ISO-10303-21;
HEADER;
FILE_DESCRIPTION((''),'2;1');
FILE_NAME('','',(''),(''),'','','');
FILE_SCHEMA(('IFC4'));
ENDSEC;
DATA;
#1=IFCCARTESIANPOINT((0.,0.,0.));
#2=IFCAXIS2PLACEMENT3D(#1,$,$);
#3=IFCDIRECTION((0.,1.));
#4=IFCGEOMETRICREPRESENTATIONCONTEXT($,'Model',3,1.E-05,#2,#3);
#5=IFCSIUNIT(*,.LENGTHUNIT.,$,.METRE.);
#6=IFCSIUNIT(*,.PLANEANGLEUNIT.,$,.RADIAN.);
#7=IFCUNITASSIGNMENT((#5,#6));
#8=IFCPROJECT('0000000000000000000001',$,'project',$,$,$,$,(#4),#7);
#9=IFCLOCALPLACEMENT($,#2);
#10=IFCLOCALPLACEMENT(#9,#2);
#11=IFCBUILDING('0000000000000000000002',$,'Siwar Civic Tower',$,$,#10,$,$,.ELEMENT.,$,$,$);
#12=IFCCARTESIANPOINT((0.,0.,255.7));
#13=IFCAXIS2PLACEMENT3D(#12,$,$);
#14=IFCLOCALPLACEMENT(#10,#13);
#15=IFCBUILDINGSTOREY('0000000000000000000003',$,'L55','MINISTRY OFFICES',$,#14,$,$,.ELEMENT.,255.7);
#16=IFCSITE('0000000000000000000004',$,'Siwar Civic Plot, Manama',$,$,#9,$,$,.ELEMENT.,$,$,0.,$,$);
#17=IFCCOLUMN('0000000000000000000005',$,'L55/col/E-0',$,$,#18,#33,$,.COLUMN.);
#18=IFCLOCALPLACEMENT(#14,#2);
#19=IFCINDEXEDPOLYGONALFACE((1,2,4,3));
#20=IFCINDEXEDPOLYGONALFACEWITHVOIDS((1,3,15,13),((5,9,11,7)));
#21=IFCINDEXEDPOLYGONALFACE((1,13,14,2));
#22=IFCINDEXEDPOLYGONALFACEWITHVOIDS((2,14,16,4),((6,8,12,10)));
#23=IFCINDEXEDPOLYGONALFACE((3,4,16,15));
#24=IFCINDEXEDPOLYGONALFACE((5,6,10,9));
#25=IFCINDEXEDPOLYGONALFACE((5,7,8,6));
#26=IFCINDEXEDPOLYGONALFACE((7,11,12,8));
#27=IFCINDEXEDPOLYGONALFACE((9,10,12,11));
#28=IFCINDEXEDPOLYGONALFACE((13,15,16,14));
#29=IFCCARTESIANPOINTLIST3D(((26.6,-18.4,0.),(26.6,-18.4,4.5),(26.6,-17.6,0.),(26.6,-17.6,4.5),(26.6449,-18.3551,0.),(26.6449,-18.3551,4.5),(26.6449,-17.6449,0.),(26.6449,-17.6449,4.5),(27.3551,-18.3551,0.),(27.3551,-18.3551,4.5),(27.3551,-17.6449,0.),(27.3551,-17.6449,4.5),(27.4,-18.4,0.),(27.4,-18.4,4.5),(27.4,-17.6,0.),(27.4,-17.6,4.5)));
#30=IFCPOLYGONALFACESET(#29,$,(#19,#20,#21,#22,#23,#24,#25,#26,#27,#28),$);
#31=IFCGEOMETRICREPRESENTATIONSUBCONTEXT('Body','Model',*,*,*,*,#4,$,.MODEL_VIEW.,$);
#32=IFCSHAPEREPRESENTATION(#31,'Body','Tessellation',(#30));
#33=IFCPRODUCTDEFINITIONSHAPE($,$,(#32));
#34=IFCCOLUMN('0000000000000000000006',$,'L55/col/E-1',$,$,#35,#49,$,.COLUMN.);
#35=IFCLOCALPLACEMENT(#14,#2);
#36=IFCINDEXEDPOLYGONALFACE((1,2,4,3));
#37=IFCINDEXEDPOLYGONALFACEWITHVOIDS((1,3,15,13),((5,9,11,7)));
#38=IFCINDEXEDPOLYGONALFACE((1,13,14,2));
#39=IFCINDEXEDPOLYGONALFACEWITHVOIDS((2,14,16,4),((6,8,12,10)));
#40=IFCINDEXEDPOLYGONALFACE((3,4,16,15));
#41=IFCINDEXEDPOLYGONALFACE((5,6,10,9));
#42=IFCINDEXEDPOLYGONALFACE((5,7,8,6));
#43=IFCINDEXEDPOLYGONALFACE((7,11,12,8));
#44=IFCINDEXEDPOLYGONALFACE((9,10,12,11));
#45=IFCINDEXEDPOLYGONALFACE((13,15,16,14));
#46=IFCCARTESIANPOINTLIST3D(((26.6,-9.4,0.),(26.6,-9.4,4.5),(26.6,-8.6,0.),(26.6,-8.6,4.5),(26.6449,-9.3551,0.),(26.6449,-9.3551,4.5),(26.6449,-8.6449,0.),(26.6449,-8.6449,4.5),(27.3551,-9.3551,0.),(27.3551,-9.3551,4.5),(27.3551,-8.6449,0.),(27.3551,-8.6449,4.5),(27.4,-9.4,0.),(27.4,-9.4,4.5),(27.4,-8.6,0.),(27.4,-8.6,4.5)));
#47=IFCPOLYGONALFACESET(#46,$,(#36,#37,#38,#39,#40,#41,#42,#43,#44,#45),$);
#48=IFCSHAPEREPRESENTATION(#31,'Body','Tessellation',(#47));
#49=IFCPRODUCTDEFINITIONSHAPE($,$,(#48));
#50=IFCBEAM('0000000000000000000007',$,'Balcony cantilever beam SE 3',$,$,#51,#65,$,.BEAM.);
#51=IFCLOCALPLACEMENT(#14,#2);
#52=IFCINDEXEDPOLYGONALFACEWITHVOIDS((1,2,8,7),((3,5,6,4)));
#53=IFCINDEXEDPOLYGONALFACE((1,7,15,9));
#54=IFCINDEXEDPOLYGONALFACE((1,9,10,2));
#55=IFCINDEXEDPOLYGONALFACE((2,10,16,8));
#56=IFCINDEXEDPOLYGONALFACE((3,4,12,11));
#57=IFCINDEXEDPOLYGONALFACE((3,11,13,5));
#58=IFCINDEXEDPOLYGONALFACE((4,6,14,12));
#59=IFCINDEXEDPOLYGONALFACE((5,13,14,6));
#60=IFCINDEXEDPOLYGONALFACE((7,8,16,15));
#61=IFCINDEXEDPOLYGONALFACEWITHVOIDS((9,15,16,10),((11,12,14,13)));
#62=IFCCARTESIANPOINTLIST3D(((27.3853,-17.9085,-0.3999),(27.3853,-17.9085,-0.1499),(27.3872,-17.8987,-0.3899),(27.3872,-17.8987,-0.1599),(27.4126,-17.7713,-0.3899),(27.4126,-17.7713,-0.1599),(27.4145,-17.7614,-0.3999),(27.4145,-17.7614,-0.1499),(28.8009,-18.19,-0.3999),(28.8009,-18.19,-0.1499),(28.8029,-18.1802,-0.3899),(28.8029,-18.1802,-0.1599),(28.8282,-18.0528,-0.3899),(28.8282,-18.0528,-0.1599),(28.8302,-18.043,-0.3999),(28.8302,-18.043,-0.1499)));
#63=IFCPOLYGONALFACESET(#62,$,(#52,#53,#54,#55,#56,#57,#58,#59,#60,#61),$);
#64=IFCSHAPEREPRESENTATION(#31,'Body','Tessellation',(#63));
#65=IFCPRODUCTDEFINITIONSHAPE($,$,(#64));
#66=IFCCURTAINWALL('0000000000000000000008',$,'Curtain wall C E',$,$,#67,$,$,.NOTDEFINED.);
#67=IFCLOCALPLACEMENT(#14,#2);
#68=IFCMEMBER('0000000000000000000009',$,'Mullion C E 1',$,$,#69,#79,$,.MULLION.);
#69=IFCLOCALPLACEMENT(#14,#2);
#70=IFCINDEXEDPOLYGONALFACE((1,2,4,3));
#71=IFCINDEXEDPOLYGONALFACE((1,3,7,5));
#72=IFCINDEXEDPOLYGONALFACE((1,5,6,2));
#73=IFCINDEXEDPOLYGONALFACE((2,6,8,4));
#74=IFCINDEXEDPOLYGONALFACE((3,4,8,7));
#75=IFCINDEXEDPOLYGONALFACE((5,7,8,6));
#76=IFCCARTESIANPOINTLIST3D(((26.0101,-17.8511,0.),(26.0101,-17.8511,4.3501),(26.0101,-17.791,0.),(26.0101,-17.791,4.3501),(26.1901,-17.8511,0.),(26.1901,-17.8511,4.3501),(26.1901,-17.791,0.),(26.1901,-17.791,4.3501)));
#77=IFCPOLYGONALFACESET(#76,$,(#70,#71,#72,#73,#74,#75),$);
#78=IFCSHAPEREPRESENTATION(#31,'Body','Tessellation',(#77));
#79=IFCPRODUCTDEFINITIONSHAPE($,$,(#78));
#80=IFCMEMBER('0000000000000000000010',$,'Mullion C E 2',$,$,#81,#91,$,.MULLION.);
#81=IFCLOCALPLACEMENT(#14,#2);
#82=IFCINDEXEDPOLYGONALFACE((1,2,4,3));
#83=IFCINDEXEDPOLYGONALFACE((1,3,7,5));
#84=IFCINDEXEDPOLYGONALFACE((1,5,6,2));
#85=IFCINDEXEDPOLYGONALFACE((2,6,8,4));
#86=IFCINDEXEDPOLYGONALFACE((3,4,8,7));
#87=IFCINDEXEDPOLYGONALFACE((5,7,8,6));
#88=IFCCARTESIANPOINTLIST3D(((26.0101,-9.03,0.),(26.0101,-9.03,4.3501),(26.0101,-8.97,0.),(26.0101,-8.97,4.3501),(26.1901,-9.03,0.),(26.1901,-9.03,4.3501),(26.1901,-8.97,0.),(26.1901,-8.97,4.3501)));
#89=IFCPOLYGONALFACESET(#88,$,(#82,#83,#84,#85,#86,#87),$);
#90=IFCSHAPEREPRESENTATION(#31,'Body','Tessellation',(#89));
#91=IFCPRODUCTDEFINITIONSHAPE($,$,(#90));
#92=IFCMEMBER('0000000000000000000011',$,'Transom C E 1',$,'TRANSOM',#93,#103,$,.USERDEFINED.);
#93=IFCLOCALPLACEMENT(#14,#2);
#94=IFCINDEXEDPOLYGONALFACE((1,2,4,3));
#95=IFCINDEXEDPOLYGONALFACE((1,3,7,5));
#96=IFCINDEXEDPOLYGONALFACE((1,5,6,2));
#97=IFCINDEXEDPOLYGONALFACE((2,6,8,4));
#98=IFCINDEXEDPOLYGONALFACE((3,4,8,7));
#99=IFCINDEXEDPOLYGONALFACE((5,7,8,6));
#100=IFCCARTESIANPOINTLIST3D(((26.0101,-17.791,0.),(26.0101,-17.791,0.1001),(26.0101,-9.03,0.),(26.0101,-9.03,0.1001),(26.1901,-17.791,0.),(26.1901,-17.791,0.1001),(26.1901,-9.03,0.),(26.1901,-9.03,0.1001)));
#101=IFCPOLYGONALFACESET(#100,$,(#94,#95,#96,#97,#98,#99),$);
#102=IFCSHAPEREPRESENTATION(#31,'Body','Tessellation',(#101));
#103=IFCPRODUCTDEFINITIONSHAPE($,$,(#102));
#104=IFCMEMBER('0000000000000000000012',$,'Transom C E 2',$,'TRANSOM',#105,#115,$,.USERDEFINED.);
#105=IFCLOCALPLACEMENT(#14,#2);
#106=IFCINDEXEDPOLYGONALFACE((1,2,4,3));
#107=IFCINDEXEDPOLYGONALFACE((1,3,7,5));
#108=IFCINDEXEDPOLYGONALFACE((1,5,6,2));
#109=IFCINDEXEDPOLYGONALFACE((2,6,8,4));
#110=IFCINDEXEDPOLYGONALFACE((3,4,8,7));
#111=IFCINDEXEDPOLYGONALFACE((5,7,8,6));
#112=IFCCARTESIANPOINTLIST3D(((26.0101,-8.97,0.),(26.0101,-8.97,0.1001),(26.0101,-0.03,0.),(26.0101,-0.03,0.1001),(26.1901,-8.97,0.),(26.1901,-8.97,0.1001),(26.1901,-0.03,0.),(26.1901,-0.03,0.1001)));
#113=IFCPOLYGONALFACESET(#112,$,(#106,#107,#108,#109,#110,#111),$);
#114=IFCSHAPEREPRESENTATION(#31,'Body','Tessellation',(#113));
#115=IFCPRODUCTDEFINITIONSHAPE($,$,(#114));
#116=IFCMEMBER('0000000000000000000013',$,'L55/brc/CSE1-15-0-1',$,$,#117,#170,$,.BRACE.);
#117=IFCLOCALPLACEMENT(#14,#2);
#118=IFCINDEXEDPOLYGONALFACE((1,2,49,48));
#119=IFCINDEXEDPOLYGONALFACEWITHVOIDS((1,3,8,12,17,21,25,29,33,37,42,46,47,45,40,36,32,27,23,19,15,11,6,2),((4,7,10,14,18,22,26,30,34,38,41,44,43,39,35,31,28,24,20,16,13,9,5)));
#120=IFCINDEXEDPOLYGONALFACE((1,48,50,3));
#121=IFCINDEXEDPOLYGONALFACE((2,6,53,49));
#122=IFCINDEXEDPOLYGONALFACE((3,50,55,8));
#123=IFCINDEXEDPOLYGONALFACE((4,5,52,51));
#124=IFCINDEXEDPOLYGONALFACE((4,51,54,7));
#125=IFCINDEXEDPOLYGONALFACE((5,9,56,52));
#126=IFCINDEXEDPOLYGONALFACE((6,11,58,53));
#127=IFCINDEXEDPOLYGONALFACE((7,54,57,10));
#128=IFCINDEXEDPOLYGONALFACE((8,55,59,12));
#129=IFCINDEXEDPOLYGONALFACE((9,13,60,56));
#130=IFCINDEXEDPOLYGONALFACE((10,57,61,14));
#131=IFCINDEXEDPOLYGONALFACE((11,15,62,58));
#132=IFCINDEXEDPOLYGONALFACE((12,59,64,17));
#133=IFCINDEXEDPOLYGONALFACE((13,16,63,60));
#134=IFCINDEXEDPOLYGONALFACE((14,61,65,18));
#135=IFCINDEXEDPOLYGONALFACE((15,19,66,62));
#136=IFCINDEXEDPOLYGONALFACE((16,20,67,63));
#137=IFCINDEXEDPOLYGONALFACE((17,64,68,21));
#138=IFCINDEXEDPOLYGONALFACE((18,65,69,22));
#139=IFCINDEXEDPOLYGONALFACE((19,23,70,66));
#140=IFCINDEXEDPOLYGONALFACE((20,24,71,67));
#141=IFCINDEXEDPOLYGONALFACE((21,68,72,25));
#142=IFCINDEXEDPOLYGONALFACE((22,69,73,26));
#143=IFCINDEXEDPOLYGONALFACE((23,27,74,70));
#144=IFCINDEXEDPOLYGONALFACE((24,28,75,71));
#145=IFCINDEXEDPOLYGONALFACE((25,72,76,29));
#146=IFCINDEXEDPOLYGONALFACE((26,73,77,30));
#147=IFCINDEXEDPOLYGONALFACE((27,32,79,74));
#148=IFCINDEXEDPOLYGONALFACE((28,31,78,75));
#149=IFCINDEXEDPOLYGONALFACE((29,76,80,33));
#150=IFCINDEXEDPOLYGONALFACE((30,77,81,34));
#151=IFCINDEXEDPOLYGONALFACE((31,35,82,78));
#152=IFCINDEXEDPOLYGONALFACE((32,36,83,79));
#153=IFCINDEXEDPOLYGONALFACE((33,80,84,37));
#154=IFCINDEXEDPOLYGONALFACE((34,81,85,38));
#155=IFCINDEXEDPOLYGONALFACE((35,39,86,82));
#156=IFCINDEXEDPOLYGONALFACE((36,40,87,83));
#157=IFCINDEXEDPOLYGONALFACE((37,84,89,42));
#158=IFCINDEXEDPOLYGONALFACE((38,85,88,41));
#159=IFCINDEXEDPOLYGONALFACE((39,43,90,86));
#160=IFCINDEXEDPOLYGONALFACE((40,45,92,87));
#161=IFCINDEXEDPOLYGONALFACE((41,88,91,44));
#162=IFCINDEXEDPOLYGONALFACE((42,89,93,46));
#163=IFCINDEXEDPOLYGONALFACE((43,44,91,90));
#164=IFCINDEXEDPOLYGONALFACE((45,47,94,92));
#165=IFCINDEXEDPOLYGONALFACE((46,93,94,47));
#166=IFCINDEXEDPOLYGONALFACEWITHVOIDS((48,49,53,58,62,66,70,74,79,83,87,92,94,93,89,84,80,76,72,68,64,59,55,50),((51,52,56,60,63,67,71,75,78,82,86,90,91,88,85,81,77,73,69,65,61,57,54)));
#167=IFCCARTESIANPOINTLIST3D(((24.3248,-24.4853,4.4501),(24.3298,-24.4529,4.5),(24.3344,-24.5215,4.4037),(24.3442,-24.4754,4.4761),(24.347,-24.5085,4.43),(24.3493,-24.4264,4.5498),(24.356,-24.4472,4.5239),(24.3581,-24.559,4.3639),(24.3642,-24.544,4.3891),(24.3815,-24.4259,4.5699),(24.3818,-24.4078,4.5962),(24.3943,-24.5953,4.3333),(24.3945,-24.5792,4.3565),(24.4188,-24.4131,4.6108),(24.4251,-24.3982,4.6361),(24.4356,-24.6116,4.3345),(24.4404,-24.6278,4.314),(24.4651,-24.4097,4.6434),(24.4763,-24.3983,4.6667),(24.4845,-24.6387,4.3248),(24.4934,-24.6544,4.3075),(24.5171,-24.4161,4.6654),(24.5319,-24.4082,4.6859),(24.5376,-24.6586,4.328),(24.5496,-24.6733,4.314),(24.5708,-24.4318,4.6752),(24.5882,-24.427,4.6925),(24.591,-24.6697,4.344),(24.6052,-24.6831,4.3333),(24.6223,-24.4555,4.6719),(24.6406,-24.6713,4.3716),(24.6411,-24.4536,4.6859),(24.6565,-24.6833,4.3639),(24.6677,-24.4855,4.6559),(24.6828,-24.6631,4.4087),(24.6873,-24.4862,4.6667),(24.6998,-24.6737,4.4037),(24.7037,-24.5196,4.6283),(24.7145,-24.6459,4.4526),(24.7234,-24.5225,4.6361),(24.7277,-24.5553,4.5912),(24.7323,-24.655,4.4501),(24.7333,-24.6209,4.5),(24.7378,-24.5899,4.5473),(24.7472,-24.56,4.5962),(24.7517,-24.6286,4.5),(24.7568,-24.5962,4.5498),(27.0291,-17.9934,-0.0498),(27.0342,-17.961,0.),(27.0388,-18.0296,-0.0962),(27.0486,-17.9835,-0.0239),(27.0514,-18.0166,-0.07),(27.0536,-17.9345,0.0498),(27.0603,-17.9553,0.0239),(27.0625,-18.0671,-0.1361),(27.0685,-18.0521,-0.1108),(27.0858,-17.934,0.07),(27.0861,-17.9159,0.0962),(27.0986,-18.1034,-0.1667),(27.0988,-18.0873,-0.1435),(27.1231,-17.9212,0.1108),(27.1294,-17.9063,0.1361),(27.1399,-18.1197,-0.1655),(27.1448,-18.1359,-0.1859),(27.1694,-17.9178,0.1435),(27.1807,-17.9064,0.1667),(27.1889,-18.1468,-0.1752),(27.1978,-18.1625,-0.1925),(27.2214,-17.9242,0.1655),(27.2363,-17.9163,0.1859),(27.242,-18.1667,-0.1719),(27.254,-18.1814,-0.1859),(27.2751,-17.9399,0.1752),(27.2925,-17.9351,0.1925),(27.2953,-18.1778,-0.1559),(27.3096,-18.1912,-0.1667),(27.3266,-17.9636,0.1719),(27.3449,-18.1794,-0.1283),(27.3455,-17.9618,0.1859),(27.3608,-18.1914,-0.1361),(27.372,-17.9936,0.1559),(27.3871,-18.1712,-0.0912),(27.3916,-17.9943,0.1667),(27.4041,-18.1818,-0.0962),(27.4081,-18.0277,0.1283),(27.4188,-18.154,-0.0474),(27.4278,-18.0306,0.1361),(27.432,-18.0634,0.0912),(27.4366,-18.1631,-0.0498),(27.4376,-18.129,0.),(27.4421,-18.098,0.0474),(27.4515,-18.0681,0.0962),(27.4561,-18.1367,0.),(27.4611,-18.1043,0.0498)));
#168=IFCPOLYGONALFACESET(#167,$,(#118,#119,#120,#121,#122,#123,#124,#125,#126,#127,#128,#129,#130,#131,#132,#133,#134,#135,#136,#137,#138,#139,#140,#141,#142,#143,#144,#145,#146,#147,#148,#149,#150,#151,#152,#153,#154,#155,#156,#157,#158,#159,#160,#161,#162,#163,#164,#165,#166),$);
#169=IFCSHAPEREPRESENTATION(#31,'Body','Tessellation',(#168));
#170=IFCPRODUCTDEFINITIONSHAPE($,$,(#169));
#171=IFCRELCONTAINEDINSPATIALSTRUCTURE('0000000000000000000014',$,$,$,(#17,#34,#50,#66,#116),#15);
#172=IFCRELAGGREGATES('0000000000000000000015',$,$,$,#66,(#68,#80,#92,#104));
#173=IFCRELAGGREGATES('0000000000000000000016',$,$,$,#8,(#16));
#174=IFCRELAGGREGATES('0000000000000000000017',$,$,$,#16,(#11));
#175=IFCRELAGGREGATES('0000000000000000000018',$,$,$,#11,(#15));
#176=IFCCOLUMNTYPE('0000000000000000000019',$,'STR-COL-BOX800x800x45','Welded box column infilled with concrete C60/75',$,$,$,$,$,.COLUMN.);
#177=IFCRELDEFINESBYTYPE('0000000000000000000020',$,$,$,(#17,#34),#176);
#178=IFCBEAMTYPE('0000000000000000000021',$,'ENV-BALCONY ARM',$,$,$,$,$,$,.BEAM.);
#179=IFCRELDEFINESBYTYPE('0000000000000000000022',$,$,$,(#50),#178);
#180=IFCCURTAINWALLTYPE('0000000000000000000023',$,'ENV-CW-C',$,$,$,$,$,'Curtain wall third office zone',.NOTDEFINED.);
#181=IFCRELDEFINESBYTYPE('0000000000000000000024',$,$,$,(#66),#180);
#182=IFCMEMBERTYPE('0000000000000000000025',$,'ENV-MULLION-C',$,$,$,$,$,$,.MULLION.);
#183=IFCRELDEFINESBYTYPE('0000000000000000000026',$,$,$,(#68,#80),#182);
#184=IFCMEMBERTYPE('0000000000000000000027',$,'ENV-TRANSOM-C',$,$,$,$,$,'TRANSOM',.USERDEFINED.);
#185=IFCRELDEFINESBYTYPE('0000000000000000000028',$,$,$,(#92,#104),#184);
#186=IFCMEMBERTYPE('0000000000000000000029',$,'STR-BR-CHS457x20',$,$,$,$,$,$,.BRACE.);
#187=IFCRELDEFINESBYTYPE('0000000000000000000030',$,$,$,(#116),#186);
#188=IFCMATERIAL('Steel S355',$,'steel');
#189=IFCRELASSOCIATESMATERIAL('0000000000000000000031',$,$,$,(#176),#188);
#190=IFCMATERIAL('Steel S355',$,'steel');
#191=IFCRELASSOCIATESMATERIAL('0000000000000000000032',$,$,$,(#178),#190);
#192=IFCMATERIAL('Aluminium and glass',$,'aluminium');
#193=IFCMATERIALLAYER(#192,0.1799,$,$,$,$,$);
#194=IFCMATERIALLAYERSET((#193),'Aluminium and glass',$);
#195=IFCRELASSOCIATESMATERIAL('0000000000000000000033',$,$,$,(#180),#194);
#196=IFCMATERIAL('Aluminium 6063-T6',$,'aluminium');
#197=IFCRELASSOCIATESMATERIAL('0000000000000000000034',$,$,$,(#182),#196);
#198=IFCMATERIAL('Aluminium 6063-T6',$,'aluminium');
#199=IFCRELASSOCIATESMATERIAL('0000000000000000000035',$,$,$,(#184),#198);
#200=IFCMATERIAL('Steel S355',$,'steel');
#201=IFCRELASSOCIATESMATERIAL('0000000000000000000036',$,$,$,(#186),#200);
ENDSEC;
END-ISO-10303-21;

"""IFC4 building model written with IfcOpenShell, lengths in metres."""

from ifc_helpers import new_model, si_unit, direction, frame, origin, origin_2d, place, context, subcontext, project, spatial, rectangle, hollow_rectangle, hollow_circle, extrude, material, layer, layer_set, material_profile, profile_set, type_object, element, aggregate, save


model = new_model("IFC4")

# Units and contexts
model_context = context("Model", 3, precision=1e-05, world=origin(), true_north=direction((0.0, 1.0)))
body_context = subcontext(model_context, "Body", "Model", "MODEL_VIEW")
ifc_project = project(units=[si_unit("LENGTHUNIT", "METRE"), si_unit("PLANEANGLEUNIT", "RADIAN")], contexts=[model_context])

# Site, building, storey
site_placement = place(None, origin())
site = spatial("IfcSite", under=ifc_project, at=site_placement, Name="Siwar Civic Plot, Manama", CompositionType="ELEMENT", RefElevation=0.0)
building_placement = place(site_placement, origin())
building = spatial("IfcBuilding", under=site, at=building_placement, Name="Siwar Civic Tower", CompositionType="ELEMENT")
storey_placement = place(building_placement, frame((0.0, 0.0, 255.7)))
storey = spatial("IfcBuildingStorey", under=building, at=storey_placement, Name="L55", Description="MINISTRY OFFICES", CompositionType="ELEMENT", Elevation=255.7)

# Columns
ifc_material_1 = material(Name="Steel S355", Category="steel")
ifc_material_profile_1 = material_profile(ifc_material_1, hollow_rectangle(XDim=0.8, YDim=0.8, WallThickness=0.0449, at=origin_2d()), Name="BOX800x800x45")
ifc_profile_set_1 = profile_set([ifc_material_profile_1], Name="Steel S355")
column_type = type_object("IfcColumnType", Name="STR-COL-BOX800x800x45", Description="Welded box column infilled with concrete C60/75", PredefinedType="COLUMN", material=ifc_profile_set_1)
for number, where, z_axis, x_axis, name in (
    (1, (27.0, -18.0, 0.0), (0.0, 0.0, 1.0), (1.0, 0.0, 0.0), "L55/col/E-0"),
    (2, (27.0, -9.0, 0.0), (0.0, 0.0, 1.0), (1.0, 0.0, 0.0), "L55/col/E-1"),
):
    element("IfcColumn", number, at=place(storey_placement, frame(where, z_axis=z_axis, x_axis=x_axis)), inside=storey, type_object=column_type, Name=name, PredefinedType="COLUMN", context=body_context, shape_type="SweptSolid", body=[
        extrude(hollow_rectangle(XDim=0.8, YDim=0.8, WallThickness=0.0449, at=origin_2d()), origin(), (0.0, 0.0, 1.0), 4.5),
    ])

# Beam
ifc_material_2 = material(Name="Steel S355", Category="steel")
ifc_material_profile_2 = material_profile(ifc_material_2, hollow_rectangle(XDim=0.1499, YDim=0.25, WallThickness=0.01, at=origin_2d()), Name="RHS250x150x10")
ifc_profile_set_2 = profile_set([ifc_material_profile_2], Name="Steel S355")
beam_type_1 = type_object("IfcBeamType", Name="ENV-BALCONY ARM", PredefinedType="BEAM", material=ifc_profile_set_2)
beam_1_placement = place(storey_placement, frame((27.3999, -17.835, -0.2749), z_axis=(0.980795, -0.195042, 0.0), x_axis=(0.195042, 0.980795, 0.0)))
element("IfcBeam", 3, at=beam_1_placement, inside=storey, type_object=beam_type_1, Name="Balcony cantilever beam SE 3", PredefinedType="BEAM", context=body_context, shape_type="SweptSolid", body=[
    extrude(hollow_rectangle(XDim=0.1499, YDim=0.25, WallThickness=0.01, at=origin_2d()), origin(), (0.0, 0.0, 1.0), 1.4434),
])

# Curtain wall, members
ifc_material_3 = material(Name="Aluminium and glass", Category="aluminium")
ifc_layer_1 = layer(ifc_material_3, 0.1799)
ifc_layer_set_1 = layer_set([ifc_layer_1], Name="Aluminium and glass")
curtain_wall_type_1 = type_object("IfcCurtainWallType", Name="ENV-CW-C", ElementType="Curtain wall third office zone", PredefinedType="NOTDEFINED", material=ifc_layer_set_1)
curtain_wall_1_placement = place(storey_placement, origin())
curtain_wall_1 = element("IfcCurtainWall", 4, at=curtain_wall_1_placement, inside=storey, type_object=curtain_wall_type_1, Name="Curtain wall C E", PredefinedType="NOTDEFINED")
ifc_material_4 = material(Name="Aluminium 6063-T6", Category="aluminium")
ifc_material_profile_3 = material_profile(ifc_material_4, rectangle(XDim=0.1799, YDim=0.0601, at=origin_2d()), Name="AL 180x60")
ifc_profile_set_3 = profile_set([ifc_material_profile_3], Name="Aluminium 6063-T6")
member_type_1 = type_object("IfcMemberType", Name="ENV-MULLION-C", PredefinedType="MULLION", material=ifc_profile_set_3)
member_1_placement = place(storey_placement, frame((26.1001, -17.821, 0.0), z_axis=(0.0, 0.0, 1.0), x_axis=(-1.0, 0.0, 0.0)))
member_1 = element("IfcMember", 5, at=member_1_placement, type_object=member_type_1, Name="Mullion C E 1", PredefinedType="MULLION", context=body_context, shape_type="SweptSolid", body=[
    extrude(rectangle(XDim=0.1799, YDim=0.0601, at=origin_2d()), origin(), (0.0, 0.0, 1.0), 4.3501),
])
member_2_placement = place(storey_placement, frame((26.1001, -9.0, 0.0), z_axis=(0.0, 0.0, 1.0), x_axis=(-1.0, 0.0, 0.0)))
member_2 = element("IfcMember", 6, at=member_2_placement, type_object=member_type_1, Name="Mullion C E 2", PredefinedType="MULLION", context=body_context, shape_type="SweptSolid", body=[
    extrude(rectangle(XDim=0.1799, YDim=0.0601, at=origin_2d()), origin(), (0.0, 0.0, 1.0), 4.3501),
])
ifc_material_5 = material(Name="Aluminium 6063-T6", Category="aluminium")
ifc_material_profile_4 = material_profile(ifc_material_5, rectangle(XDim=0.1799, YDim=0.1001, at=origin_2d()), Name="AL 180x100")
ifc_profile_set_4 = profile_set([ifc_material_profile_4], Name="Aluminium 6063-T6")
member_type_2 = type_object("IfcMemberType", Name="ENV-TRANSOM-C", ElementType="TRANSOM", PredefinedType="USERDEFINED", material=ifc_profile_set_4)
member_3_placement = place(storey_placement, frame((26.1001, -17.791, 0.05), z_axis=(0.0, 1.0, 0.0), x_axis=(-1.0, 0.0, 0.0)))
member_3 = element("IfcMember", 7, at=member_3_placement, type_object=member_type_2, Name="Transom C E 1", ObjectType="TRANSOM", PredefinedType="USERDEFINED", context=body_context, shape_type="SweptSolid", body=[
    extrude(rectangle(XDim=0.1799, YDim=0.1001, at=origin_2d()), origin(), (0.0, 0.0, 1.0), 8.761),
])
member_4_placement = place(storey_placement, frame((26.1001, -8.97, 0.05), z_axis=(0.0, 1.0, 0.0), x_axis=(-1.0, 0.0, 0.0)))
member_4 = element("IfcMember", 8, at=member_4_placement, type_object=member_type_2, Name="Transom C E 2", ObjectType="TRANSOM", PredefinedType="USERDEFINED", context=body_context, shape_type="SweptSolid", body=[
    extrude(rectangle(XDim=0.1799, YDim=0.1001, at=origin_2d()), origin(), (0.0, 0.0, 1.0), 8.9399),
])

# Member
ifc_material_6 = material(Name="Steel S355", Category="steel")
ifc_material_profile_5 = material_profile(ifc_material_6, hollow_circle(Radius=0.2285, WallThickness=0.02, at=origin_2d()), Name="CHS457x20")
ifc_profile_set_5 = profile_set([ifc_material_profile_5], Name="Steel S355")
member_type_3 = type_object("IfcMemberType", Name="STR-BR-CHS457x20", PredefinedType="BRACE", material=ifc_profile_set_5)
member_5_placement = place(storey_placement, frame((27.2451, -18.0488, 0.0), z_axis=(-0.323906, -0.777555, 0.538975), x_axis=(0.923109, -0.384539, 0.0)))
element("IfcMember", 9, at=member_5_placement, inside=storey, type_object=member_type_3, Name="L55/brc/CSE1-15-0-1", PredefinedType="BRACE", context=body_context, shape_type="SweptSolid", body=[
    extrude(hollow_circle(Radius=0.2285, WallThickness=0.02, at=origin_2d()), origin(), (0.0, 0.0, 1.0), 8.3491),
])

aggregate(curtain_wall_1, [member_1, member_2, member_3, member_4])

save(model, "model.ifc")
